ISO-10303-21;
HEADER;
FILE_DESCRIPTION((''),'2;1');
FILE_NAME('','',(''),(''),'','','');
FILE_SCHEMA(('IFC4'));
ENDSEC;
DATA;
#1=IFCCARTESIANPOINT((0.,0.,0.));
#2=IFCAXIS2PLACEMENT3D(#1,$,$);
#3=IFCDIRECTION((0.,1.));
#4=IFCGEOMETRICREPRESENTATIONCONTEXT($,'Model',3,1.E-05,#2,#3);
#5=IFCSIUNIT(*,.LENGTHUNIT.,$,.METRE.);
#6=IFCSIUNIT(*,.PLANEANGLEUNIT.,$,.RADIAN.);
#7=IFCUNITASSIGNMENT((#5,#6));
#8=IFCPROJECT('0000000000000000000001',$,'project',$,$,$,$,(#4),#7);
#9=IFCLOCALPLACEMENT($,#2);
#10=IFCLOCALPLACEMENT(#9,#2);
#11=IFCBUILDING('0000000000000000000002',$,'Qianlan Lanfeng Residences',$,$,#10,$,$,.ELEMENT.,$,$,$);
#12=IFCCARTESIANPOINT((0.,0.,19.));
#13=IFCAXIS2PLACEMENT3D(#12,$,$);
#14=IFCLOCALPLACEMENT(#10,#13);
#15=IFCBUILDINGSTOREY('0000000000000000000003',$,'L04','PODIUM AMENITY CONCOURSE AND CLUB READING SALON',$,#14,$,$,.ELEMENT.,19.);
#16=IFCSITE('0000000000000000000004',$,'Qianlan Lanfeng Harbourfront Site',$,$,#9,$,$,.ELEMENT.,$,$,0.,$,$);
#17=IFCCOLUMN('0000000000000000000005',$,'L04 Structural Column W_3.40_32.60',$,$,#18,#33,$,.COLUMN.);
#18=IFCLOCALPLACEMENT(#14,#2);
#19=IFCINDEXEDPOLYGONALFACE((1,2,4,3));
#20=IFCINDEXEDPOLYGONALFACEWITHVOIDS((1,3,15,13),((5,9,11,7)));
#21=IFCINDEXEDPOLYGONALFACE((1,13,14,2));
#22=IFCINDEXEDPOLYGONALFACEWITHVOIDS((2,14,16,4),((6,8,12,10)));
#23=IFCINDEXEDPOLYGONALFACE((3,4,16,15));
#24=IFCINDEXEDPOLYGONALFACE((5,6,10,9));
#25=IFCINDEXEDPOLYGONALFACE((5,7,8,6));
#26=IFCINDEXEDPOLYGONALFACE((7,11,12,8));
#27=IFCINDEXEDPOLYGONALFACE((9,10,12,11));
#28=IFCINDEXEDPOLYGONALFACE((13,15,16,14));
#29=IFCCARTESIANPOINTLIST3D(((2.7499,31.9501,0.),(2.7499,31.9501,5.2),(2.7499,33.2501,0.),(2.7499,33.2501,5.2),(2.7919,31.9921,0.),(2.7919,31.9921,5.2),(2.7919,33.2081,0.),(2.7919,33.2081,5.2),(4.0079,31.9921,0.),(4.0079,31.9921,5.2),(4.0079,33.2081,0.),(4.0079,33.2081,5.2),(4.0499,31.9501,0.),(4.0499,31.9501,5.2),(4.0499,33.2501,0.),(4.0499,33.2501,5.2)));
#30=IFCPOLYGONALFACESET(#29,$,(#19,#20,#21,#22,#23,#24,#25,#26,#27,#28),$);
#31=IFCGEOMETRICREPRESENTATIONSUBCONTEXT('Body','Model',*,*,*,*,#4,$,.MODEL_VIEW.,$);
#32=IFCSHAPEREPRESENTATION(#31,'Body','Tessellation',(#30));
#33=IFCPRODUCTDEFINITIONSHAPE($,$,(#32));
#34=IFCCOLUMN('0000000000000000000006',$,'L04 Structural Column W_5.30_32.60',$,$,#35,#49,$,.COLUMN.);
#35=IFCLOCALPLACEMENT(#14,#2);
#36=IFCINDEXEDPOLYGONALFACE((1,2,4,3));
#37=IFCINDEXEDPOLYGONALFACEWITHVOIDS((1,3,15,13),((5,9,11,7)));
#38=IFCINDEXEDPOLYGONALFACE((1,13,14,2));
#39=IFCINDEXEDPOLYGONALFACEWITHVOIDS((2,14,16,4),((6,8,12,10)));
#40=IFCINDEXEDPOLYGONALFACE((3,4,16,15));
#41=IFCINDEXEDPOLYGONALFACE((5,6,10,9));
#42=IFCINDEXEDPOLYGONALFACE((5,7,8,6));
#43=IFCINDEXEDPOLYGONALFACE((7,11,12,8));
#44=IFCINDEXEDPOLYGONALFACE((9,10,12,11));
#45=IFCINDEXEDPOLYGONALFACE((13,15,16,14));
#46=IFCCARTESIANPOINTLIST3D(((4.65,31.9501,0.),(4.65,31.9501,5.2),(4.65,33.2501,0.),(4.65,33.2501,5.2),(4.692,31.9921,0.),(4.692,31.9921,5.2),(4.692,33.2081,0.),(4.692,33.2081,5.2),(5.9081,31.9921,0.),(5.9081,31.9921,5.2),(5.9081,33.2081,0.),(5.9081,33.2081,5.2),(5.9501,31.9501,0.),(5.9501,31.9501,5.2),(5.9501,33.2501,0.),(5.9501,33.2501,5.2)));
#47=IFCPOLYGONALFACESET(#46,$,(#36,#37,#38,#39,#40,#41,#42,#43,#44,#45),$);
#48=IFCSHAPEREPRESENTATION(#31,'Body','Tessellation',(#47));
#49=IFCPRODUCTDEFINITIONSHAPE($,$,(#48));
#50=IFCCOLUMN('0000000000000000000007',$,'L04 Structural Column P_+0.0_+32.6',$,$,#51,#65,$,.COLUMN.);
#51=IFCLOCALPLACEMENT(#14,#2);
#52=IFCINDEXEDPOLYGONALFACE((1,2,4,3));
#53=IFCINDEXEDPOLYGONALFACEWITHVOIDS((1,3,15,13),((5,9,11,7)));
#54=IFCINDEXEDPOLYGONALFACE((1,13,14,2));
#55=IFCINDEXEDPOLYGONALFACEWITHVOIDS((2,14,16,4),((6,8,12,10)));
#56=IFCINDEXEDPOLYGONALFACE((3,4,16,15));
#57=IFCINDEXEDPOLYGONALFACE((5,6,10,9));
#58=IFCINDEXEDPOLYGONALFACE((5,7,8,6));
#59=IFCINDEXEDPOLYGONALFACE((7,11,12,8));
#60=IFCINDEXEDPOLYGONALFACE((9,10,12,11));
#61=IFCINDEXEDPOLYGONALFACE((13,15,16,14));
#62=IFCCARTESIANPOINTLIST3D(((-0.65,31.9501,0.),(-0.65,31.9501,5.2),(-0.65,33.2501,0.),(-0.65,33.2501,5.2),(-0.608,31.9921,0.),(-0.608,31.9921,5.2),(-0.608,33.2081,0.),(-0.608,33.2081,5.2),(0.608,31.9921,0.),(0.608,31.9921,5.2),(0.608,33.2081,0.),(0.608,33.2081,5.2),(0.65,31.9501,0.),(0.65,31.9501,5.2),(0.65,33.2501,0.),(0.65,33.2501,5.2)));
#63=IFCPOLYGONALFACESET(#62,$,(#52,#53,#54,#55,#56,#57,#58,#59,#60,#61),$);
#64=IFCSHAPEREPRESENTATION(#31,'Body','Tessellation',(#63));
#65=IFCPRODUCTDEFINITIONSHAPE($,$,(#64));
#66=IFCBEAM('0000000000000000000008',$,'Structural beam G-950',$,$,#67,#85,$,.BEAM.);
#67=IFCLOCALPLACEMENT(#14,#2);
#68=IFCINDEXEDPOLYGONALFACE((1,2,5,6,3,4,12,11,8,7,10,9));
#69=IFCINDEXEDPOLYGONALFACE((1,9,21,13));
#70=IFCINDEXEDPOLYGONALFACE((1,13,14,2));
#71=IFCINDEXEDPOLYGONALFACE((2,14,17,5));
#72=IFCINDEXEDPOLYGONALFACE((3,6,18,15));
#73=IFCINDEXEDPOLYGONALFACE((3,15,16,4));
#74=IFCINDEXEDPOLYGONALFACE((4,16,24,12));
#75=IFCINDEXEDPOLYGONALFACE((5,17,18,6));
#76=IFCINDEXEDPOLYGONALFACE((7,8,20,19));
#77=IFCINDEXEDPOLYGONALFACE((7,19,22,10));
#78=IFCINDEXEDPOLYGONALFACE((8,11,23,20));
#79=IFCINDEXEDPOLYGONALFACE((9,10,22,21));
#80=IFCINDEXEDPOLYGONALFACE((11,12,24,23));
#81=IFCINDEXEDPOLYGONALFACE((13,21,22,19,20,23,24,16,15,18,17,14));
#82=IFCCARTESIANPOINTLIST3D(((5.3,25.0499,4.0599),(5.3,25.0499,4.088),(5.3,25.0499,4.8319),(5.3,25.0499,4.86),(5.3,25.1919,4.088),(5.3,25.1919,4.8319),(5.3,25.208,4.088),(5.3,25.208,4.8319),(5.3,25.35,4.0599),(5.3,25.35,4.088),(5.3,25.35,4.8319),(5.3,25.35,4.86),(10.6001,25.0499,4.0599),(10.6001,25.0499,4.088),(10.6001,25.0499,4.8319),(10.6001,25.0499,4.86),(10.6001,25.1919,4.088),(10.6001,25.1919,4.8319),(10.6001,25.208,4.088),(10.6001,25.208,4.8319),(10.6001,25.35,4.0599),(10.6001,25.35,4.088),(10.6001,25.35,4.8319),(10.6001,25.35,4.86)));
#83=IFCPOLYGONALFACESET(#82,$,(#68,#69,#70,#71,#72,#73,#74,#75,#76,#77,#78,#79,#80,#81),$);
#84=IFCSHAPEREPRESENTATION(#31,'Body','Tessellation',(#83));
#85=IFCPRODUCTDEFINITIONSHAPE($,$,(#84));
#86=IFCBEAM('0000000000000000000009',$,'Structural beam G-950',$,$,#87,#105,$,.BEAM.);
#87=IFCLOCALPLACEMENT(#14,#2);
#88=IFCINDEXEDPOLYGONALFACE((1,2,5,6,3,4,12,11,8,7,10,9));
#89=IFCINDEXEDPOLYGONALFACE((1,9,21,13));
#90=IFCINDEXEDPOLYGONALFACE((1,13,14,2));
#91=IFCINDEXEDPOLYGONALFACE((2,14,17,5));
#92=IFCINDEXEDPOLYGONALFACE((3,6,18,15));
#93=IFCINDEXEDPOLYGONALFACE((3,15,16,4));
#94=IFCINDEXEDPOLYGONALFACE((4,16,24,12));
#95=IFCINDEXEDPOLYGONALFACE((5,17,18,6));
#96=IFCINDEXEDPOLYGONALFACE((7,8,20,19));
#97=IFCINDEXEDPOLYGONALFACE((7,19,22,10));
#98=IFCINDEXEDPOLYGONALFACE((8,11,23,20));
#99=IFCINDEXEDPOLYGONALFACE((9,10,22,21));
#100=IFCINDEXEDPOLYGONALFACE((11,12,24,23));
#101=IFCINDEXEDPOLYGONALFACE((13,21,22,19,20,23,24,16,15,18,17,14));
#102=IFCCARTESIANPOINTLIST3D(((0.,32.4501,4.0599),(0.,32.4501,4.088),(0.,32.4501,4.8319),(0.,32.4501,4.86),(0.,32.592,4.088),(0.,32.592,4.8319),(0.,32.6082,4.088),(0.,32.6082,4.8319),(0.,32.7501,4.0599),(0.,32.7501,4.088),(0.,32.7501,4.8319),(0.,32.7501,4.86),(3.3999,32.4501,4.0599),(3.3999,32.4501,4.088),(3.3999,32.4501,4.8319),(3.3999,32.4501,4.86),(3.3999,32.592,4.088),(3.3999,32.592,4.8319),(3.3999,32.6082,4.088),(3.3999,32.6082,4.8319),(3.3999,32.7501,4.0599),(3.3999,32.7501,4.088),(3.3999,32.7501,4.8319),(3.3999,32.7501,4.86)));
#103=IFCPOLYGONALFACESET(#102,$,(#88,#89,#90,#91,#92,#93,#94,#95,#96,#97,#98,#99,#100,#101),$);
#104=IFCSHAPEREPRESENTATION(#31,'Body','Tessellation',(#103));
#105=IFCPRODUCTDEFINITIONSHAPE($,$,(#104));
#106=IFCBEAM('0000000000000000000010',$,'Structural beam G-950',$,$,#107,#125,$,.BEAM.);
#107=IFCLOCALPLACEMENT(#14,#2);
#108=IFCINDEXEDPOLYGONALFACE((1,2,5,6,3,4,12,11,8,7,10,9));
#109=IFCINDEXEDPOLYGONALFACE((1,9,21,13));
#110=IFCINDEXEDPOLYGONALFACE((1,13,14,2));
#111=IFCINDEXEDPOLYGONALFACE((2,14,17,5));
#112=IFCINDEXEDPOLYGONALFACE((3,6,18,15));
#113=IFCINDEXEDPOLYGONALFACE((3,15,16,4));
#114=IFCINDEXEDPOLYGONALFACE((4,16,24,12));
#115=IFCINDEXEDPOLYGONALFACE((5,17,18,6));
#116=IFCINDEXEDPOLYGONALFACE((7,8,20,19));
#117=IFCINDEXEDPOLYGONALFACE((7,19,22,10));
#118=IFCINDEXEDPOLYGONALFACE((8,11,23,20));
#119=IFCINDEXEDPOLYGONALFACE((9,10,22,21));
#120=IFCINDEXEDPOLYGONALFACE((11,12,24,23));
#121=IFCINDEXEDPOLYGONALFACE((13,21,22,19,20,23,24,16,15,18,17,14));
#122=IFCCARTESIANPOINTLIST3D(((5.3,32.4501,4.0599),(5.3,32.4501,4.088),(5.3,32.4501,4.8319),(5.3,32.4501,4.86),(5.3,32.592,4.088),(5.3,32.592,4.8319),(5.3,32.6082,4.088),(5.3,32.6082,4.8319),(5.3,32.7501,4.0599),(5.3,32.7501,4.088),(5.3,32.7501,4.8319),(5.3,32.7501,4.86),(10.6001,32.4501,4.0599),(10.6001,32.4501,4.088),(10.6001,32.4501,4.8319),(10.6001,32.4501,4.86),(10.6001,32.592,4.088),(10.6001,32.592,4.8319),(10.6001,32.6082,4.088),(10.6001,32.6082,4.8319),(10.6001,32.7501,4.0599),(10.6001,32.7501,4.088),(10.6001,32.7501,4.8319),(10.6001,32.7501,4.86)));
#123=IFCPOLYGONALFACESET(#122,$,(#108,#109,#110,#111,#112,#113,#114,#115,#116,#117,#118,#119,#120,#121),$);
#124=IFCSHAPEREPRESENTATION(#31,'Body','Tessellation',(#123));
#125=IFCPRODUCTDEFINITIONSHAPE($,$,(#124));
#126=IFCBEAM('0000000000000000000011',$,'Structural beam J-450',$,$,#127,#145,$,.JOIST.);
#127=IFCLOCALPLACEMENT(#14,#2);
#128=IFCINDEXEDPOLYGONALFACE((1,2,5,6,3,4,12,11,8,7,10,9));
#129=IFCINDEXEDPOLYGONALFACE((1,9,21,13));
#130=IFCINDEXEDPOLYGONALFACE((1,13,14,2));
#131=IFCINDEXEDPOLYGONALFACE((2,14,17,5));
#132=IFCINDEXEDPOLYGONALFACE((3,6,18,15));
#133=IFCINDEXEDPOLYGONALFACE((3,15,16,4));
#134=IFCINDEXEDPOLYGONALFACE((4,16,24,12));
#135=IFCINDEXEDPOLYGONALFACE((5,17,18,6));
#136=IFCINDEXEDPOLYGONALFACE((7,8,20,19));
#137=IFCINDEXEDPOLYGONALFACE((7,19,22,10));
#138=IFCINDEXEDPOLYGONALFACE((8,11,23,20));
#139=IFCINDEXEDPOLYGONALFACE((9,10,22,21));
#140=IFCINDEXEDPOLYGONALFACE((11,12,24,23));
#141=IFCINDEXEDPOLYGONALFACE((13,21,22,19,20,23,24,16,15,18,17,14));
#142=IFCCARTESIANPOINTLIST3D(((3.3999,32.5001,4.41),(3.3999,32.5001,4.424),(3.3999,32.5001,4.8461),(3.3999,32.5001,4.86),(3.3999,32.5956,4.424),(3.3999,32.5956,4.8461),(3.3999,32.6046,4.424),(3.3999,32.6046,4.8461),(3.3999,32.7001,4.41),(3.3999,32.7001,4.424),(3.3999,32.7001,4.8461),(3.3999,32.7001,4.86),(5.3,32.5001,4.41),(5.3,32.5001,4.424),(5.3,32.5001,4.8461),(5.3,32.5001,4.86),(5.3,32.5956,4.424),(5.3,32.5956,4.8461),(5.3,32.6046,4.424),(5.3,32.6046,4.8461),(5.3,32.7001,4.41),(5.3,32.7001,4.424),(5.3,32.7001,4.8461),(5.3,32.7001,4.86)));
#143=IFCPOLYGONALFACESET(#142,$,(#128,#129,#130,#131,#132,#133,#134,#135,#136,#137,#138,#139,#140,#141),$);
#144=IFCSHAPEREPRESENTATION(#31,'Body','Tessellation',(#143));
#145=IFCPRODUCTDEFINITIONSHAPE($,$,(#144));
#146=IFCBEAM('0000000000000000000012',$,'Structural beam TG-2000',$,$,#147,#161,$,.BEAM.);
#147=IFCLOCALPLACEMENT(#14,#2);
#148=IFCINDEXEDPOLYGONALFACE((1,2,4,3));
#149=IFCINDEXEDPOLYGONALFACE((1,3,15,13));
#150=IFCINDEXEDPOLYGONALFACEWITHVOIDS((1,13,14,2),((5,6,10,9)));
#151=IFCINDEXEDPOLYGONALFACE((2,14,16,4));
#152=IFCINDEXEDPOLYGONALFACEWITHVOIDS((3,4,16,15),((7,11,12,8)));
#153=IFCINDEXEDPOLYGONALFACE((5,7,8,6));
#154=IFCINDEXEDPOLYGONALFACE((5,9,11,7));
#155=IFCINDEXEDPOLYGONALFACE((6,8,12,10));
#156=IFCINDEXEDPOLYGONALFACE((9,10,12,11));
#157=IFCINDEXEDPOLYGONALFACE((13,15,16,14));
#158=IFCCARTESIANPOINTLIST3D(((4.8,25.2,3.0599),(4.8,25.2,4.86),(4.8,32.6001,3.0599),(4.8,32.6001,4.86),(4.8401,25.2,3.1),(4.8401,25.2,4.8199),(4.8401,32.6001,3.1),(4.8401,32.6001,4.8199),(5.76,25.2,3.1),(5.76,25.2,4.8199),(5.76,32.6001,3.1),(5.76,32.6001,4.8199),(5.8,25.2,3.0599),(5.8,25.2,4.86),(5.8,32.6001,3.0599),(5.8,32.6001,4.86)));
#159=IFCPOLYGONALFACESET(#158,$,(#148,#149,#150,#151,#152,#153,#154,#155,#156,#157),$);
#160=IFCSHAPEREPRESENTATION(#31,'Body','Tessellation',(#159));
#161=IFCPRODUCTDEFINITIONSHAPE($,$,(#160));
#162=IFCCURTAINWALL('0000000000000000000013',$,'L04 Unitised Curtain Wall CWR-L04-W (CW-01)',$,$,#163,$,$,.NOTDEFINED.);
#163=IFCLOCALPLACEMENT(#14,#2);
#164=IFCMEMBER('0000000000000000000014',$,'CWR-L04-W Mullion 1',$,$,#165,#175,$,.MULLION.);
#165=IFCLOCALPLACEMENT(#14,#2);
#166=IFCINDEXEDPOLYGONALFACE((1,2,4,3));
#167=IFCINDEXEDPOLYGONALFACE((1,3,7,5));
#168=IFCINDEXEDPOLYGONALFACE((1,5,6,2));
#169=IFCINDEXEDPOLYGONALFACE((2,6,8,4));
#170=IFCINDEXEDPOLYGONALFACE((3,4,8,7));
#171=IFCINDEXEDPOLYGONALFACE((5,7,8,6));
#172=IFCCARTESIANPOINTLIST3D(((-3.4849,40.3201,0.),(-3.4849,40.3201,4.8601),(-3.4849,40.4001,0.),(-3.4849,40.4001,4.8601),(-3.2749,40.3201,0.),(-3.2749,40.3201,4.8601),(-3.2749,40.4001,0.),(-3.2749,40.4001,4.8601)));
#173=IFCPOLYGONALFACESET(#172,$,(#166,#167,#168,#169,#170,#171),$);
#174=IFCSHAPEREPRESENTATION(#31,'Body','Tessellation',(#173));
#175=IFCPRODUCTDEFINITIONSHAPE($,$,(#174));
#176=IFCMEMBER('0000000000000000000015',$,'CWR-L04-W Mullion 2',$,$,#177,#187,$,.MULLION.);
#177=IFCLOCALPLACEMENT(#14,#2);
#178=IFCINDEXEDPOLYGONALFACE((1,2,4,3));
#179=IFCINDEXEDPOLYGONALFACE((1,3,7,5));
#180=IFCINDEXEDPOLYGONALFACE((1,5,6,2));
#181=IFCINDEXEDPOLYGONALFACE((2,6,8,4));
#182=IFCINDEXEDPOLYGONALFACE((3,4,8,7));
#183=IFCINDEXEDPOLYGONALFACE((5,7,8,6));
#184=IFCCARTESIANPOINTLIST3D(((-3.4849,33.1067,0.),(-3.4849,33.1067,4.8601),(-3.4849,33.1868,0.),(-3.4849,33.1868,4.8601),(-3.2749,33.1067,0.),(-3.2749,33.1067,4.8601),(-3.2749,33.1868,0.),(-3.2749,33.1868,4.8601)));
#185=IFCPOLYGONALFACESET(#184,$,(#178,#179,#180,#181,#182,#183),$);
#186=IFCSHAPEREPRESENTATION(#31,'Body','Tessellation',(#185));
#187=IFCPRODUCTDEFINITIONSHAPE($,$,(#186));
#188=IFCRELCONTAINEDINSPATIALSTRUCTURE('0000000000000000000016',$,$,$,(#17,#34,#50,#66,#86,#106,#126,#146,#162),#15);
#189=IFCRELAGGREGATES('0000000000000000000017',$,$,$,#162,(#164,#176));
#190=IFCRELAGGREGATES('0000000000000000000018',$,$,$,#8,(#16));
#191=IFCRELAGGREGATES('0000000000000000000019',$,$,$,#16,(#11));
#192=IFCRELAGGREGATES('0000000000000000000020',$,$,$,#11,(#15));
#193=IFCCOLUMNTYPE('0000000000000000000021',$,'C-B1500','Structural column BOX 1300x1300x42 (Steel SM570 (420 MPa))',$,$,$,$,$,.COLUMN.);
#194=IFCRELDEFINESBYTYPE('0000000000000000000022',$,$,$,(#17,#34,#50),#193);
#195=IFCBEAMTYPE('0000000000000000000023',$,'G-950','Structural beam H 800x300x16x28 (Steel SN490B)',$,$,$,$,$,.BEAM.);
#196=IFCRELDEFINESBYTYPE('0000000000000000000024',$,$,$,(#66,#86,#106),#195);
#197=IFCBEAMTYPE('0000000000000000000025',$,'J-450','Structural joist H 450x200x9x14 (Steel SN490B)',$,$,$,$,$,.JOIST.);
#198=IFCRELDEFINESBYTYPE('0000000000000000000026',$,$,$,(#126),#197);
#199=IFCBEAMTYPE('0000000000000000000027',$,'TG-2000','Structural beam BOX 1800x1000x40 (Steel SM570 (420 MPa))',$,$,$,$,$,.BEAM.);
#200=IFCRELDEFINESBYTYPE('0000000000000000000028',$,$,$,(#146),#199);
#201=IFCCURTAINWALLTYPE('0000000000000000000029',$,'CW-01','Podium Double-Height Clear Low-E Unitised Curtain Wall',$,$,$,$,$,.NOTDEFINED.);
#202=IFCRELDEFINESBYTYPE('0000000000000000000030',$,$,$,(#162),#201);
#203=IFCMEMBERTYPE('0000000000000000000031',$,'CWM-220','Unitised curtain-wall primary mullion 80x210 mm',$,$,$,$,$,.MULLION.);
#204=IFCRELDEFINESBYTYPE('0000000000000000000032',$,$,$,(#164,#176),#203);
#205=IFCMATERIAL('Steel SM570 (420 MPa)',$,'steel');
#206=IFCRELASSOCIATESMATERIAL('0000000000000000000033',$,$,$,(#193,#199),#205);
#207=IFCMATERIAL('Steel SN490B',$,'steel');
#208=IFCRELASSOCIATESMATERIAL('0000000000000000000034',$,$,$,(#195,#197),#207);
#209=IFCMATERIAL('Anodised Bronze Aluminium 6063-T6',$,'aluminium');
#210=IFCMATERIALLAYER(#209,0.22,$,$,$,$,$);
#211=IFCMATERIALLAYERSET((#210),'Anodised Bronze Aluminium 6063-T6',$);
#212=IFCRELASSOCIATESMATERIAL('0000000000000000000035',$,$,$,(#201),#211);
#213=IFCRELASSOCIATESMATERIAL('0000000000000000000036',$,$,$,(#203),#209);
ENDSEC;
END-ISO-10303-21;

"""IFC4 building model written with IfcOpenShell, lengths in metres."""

from ifc_helpers import new_model, si_unit, direction, frame, origin, origin_2d, place, context, subcontext, project, spatial, rectangle, hollow_rectangle, i_section, extrude, source, transform, mapped, material, layer, layer_set, material_profile, profile_set, type_object, element, aggregate, save


model = new_model("IFC4")

# Units and contexts
model_context = context("Model", 3, precision=1e-05, world=origin(), true_north=direction((0.0, 1.0)))
body_context = subcontext(model_context, "Body", "Model", "MODEL_VIEW")
ifc_project = project(units=[si_unit("LENGTHUNIT", "METRE"), si_unit("PLANEANGLEUNIT", "RADIAN")], contexts=[model_context])

# Site, building, storey
site_placement = place(None, origin())
site = spatial("IfcSite", under=ifc_project, at=site_placement, Name="Qianlan Lanfeng Harbourfront Site", CompositionType="ELEMENT", RefElevation=0.0)
building_placement = place(site_placement, origin())
building = spatial("IfcBuilding", under=site, at=building_placement, Name="Qianlan Lanfeng Residences", CompositionType="ELEMENT")
storey_placement = place(building_placement, frame((0.0, 0.0, 19.0)))
storey = spatial("IfcBuildingStorey", under=building, at=storey_placement, Name="L04", Description="PODIUM AMENITY CONCOURSE AND CLUB READING SALON", CompositionType="ELEMENT", Elevation=19.0)

# Columns
ifc_material_1 = material(Name="Steel SM570 (420 MPa)", Category="steel")
ifc_material_profile_1 = material_profile(ifc_material_1, hollow_rectangle(XDim=1.3, YDim=1.3, WallThickness=0.042, at=origin_2d()), Name="BOX 1300x1300x42")
ifc_profile_set_1 = profile_set([ifc_material_profile_1], Name="Steel SM570 (420 MPa)")
column_type = type_object("IfcColumnType", Name="C-B1500", Description="Structural column BOX 1300x1300x42 (Steel SM570 (420 MPa))", PredefinedType="COLUMN", material=ifc_profile_set_1)
for number, where, z_axis, x_axis, name in (
    (1, (3.3999, 32.6001, 0.0), (0.0, 0.0, 1.0), (1.0, 0.0, 0.0), "L04 Structural Column W_3.40_32.60"),
    (2, (5.3, 32.6001, 0.0), (0.0, 0.0, 1.0), (1.0, 0.0, 0.0), "L04 Structural Column W_5.30_32.60"),
    (3, (0.0, 32.6001, 0.0), (0.0, 0.0, 1.0), (1.0, 0.0, 0.0), "L04 Structural Column P_+0.0_+32.6"),
):
    element("IfcColumn", number, at=place(storey_placement, frame(where, z_axis=z_axis, x_axis=x_axis)), inside=storey, type_object=column_type, Name=name, PredefinedType="COLUMN", context=body_context, shape_type="SweptSolid", body=[
        extrude(hollow_rectangle(XDim=1.3, YDim=1.3, WallThickness=0.042, at=origin_2d()), origin(), (0.0, 0.0, 1.0), 5.2),
    ])

# Beams
ifc_material_2 = material(Name="Steel SN490B", Category="steel")
ifc_material_profile_2 = material_profile(ifc_material_2, i_section(OverallWidth=0.3, OverallDepth=0.8, WebThickness=0.0161, FlangeThickness=0.0281, at=origin_2d()), Name="H 800x300x16x28")
ifc_profile_set_2 = profile_set([ifc_material_profile_2], Name="Steel SN490B")
beam_type_1 = type_object("IfcBeamType", Name="G-950", Description="Structural beam H 800x300x16x28 (Steel SN490B)", PredefinedType="BEAM", material=ifc_profile_set_2)
beam_1_placement = place(storey_placement, frame((5.3, 25.2, 4.46), z_axis=(1.0, 0.0, 0.0), x_axis=(0.0, 1.0, 0.0)))
element("IfcBeam", 4, at=beam_1_placement, inside=storey, type_object=beam_type_1, Name="Structural beam G-950", PredefinedType="BEAM", context=body_context, shape_type="SweptSolid", body=[
    extrude(i_section(OverallWidth=0.3, OverallDepth=0.8, WebThickness=0.0161, FlangeThickness=0.0281, at=origin_2d()), origin(), (0.0, 0.0, 1.0), 5.3),
])
beam_2_placement = place(storey_placement, frame((0.0, 32.6001, 4.46), z_axis=(1.0, 0.0, 0.0), x_axis=(0.0, 1.0, 0.0)))
element("IfcBeam", 5, at=beam_2_placement, inside=storey, type_object=beam_type_1, Name="Structural beam G-950", PredefinedType="BEAM", context=body_context, shape_type="SweptSolid", body=[
    extrude(i_section(OverallWidth=0.3, OverallDepth=0.8, WebThickness=0.0161, FlangeThickness=0.0281, at=origin_2d()), origin(), (0.0, 0.0, 1.0), 3.3999),
])
beam_3_placement = place(storey_placement, frame((5.3, 32.6001, 4.46), z_axis=(1.0, 0.0, 0.0), x_axis=(0.0, 1.0, 0.0)))
element("IfcBeam", 6, at=beam_3_placement, inside=storey, type_object=beam_type_1, Name="Structural beam G-950", PredefinedType="BEAM", context=body_context, shape_type="SweptSolid", body=[
    extrude(i_section(OverallWidth=0.3, OverallDepth=0.8, WebThickness=0.0161, FlangeThickness=0.0281, at=origin_2d()), origin(), (0.0, 0.0, 1.0), 5.3),
])
ifc_material_profile_3 = material_profile(ifc_material_2, i_section(OverallWidth=0.2, OverallDepth=0.45, WebThickness=0.009, FlangeThickness=0.0139, at=origin_2d()), Name="H 450x200x9x14")
ifc_profile_set_3 = profile_set([ifc_material_profile_3], Name="Steel SN490B")
beam_type_2 = type_object("IfcBeamType", Name="J-450", Description="Structural joist H 450x200x9x14 (Steel SN490B)", PredefinedType="JOIST", material=ifc_profile_set_3)
beam_4_placement = place(storey_placement, frame((3.3999, 32.6001, 4.635), z_axis=(1.0, 0.0, 0.0), x_axis=(0.0, 1.0, 0.0)))
element("IfcBeam", 7, at=beam_4_placement, inside=storey, type_object=beam_type_2, Name="Structural beam J-450", PredefinedType="JOIST", context=body_context, shape_type="SweptSolid", body=[
    extrude(i_section(OverallWidth=0.2, OverallDepth=0.45, WebThickness=0.009, FlangeThickness=0.0139, at=origin_2d()), origin(), (0.0, 0.0, 1.0), 1.9001),
])
ifc_material_profile_4 = material_profile(ifc_material_1, hollow_rectangle(XDim=1.0, YDim=1.8, WallThickness=0.04, at=origin_2d()), Name="BOX 1800x1000x40")
ifc_profile_set_4 = profile_set([ifc_material_profile_4], Name="Steel SM570 (420 MPa)")
beam_type_3 = type_object("IfcBeamType", Name="TG-2000", Description="Structural beam BOX 1800x1000x40 (Steel SM570 (420 MPa))", PredefinedType="BEAM", material=ifc_profile_set_4)
beam_5_placement = place(storey_placement, frame((5.3, 25.2, 3.96), z_axis=(0.0, 1.0, 0.0), x_axis=(-1.0, 0.0, 0.0)))
element("IfcBeam", 8, at=beam_5_placement, inside=storey, type_object=beam_type_3, Name="Structural beam TG-2000", PredefinedType="BEAM", context=body_context, shape_type="SweptSolid", body=[
    extrude(hollow_rectangle(XDim=1.0, YDim=1.8, WallThickness=0.04, at=origin_2d()), origin(), (0.0, 0.0, 1.0), 7.4001),
])

# Curtain wall, members
ifc_material_3 = material(Name="Anodised Bronze Aluminium 6063-T6", Category="aluminium")
ifc_layer_1 = layer(ifc_material_3, 0.22)
ifc_layer_set_1 = layer_set([ifc_layer_1], Name="Anodised Bronze Aluminium 6063-T6")
curtain_wall_type = type_object("IfcCurtainWallType", Name="CW-01", Description="Podium Double-Height Clear Low-E Unitised Curtain Wall", PredefinedType="NOTDEFINED", material=ifc_layer_set_1)
curtain_wall_placement = place(storey_placement, origin())
curtain_wall = element("IfcCurtainWall", 9, at=curtain_wall_placement, inside=storey, type_object=curtain_wall_type, Name="L04 Unitised Curtain Wall CWR-L04-W (CW-01)", PredefinedType="NOTDEFINED")
ifc_material_profile_5 = material_profile(ifc_material_3, rectangle(XDim=0.0801, YDim=0.21, at=origin_2d()), Name="ALU MULLION 80x210")
ifc_profile_set_5 = profile_set([ifc_material_profile_5], Name="Anodised Bronze Aluminium 6063-T6")
member_type_1 = type_object("IfcMemberType", Name="CWM-220", Description="Unitised curtain-wall primary mullion 80x210 mm", PredefinedType="MULLION", material=ifc_profile_set_5)
shared_shape_1 = source(origin(), body_context, "Body", "SweptSolid", [
    extrude(rectangle(XDim=0.0801, YDim=0.21, at=origin_2d()), origin(), (0.0, 0.0, 1.0), 4.8601),
])
member_1_placement = place(storey_placement, frame((-3.3799, 40.3601, 0.0), z_axis=(0.0, 0.0, 1.0), x_axis=(0.0, -1.0, 0.0)))
member_1 = element("IfcMember", 10, at=member_1_placement, type_object=member_type_1, Name="CWR-L04-W Mullion 1", PredefinedType="MULLION", context=body_context, shape_type="MappedRepresentation", body=[
    mapped(shared_shape_1, transform((0.0, 0.0, 0.0), scale=1.0)),
])
member_2_placement = place(storey_placement, frame((-3.3799, 33.1467, 0.0), z_axis=(0.0, 0.0, 1.0), x_axis=(0.0, -1.0, 0.0)))
member_2 = element("IfcMember", 11, at=member_2_placement, type_object=member_type_1, Name="CWR-L04-W Mullion 2", PredefinedType="MULLION", context=body_context, shape_type="MappedRepresentation", body=[
    mapped(shared_shape_1, transform((0.0, 0.0, 0.0), scale=1.0)),
])
aggregate(curtain_wall, [member_1, member_2])

save(model, "model.ifc")
